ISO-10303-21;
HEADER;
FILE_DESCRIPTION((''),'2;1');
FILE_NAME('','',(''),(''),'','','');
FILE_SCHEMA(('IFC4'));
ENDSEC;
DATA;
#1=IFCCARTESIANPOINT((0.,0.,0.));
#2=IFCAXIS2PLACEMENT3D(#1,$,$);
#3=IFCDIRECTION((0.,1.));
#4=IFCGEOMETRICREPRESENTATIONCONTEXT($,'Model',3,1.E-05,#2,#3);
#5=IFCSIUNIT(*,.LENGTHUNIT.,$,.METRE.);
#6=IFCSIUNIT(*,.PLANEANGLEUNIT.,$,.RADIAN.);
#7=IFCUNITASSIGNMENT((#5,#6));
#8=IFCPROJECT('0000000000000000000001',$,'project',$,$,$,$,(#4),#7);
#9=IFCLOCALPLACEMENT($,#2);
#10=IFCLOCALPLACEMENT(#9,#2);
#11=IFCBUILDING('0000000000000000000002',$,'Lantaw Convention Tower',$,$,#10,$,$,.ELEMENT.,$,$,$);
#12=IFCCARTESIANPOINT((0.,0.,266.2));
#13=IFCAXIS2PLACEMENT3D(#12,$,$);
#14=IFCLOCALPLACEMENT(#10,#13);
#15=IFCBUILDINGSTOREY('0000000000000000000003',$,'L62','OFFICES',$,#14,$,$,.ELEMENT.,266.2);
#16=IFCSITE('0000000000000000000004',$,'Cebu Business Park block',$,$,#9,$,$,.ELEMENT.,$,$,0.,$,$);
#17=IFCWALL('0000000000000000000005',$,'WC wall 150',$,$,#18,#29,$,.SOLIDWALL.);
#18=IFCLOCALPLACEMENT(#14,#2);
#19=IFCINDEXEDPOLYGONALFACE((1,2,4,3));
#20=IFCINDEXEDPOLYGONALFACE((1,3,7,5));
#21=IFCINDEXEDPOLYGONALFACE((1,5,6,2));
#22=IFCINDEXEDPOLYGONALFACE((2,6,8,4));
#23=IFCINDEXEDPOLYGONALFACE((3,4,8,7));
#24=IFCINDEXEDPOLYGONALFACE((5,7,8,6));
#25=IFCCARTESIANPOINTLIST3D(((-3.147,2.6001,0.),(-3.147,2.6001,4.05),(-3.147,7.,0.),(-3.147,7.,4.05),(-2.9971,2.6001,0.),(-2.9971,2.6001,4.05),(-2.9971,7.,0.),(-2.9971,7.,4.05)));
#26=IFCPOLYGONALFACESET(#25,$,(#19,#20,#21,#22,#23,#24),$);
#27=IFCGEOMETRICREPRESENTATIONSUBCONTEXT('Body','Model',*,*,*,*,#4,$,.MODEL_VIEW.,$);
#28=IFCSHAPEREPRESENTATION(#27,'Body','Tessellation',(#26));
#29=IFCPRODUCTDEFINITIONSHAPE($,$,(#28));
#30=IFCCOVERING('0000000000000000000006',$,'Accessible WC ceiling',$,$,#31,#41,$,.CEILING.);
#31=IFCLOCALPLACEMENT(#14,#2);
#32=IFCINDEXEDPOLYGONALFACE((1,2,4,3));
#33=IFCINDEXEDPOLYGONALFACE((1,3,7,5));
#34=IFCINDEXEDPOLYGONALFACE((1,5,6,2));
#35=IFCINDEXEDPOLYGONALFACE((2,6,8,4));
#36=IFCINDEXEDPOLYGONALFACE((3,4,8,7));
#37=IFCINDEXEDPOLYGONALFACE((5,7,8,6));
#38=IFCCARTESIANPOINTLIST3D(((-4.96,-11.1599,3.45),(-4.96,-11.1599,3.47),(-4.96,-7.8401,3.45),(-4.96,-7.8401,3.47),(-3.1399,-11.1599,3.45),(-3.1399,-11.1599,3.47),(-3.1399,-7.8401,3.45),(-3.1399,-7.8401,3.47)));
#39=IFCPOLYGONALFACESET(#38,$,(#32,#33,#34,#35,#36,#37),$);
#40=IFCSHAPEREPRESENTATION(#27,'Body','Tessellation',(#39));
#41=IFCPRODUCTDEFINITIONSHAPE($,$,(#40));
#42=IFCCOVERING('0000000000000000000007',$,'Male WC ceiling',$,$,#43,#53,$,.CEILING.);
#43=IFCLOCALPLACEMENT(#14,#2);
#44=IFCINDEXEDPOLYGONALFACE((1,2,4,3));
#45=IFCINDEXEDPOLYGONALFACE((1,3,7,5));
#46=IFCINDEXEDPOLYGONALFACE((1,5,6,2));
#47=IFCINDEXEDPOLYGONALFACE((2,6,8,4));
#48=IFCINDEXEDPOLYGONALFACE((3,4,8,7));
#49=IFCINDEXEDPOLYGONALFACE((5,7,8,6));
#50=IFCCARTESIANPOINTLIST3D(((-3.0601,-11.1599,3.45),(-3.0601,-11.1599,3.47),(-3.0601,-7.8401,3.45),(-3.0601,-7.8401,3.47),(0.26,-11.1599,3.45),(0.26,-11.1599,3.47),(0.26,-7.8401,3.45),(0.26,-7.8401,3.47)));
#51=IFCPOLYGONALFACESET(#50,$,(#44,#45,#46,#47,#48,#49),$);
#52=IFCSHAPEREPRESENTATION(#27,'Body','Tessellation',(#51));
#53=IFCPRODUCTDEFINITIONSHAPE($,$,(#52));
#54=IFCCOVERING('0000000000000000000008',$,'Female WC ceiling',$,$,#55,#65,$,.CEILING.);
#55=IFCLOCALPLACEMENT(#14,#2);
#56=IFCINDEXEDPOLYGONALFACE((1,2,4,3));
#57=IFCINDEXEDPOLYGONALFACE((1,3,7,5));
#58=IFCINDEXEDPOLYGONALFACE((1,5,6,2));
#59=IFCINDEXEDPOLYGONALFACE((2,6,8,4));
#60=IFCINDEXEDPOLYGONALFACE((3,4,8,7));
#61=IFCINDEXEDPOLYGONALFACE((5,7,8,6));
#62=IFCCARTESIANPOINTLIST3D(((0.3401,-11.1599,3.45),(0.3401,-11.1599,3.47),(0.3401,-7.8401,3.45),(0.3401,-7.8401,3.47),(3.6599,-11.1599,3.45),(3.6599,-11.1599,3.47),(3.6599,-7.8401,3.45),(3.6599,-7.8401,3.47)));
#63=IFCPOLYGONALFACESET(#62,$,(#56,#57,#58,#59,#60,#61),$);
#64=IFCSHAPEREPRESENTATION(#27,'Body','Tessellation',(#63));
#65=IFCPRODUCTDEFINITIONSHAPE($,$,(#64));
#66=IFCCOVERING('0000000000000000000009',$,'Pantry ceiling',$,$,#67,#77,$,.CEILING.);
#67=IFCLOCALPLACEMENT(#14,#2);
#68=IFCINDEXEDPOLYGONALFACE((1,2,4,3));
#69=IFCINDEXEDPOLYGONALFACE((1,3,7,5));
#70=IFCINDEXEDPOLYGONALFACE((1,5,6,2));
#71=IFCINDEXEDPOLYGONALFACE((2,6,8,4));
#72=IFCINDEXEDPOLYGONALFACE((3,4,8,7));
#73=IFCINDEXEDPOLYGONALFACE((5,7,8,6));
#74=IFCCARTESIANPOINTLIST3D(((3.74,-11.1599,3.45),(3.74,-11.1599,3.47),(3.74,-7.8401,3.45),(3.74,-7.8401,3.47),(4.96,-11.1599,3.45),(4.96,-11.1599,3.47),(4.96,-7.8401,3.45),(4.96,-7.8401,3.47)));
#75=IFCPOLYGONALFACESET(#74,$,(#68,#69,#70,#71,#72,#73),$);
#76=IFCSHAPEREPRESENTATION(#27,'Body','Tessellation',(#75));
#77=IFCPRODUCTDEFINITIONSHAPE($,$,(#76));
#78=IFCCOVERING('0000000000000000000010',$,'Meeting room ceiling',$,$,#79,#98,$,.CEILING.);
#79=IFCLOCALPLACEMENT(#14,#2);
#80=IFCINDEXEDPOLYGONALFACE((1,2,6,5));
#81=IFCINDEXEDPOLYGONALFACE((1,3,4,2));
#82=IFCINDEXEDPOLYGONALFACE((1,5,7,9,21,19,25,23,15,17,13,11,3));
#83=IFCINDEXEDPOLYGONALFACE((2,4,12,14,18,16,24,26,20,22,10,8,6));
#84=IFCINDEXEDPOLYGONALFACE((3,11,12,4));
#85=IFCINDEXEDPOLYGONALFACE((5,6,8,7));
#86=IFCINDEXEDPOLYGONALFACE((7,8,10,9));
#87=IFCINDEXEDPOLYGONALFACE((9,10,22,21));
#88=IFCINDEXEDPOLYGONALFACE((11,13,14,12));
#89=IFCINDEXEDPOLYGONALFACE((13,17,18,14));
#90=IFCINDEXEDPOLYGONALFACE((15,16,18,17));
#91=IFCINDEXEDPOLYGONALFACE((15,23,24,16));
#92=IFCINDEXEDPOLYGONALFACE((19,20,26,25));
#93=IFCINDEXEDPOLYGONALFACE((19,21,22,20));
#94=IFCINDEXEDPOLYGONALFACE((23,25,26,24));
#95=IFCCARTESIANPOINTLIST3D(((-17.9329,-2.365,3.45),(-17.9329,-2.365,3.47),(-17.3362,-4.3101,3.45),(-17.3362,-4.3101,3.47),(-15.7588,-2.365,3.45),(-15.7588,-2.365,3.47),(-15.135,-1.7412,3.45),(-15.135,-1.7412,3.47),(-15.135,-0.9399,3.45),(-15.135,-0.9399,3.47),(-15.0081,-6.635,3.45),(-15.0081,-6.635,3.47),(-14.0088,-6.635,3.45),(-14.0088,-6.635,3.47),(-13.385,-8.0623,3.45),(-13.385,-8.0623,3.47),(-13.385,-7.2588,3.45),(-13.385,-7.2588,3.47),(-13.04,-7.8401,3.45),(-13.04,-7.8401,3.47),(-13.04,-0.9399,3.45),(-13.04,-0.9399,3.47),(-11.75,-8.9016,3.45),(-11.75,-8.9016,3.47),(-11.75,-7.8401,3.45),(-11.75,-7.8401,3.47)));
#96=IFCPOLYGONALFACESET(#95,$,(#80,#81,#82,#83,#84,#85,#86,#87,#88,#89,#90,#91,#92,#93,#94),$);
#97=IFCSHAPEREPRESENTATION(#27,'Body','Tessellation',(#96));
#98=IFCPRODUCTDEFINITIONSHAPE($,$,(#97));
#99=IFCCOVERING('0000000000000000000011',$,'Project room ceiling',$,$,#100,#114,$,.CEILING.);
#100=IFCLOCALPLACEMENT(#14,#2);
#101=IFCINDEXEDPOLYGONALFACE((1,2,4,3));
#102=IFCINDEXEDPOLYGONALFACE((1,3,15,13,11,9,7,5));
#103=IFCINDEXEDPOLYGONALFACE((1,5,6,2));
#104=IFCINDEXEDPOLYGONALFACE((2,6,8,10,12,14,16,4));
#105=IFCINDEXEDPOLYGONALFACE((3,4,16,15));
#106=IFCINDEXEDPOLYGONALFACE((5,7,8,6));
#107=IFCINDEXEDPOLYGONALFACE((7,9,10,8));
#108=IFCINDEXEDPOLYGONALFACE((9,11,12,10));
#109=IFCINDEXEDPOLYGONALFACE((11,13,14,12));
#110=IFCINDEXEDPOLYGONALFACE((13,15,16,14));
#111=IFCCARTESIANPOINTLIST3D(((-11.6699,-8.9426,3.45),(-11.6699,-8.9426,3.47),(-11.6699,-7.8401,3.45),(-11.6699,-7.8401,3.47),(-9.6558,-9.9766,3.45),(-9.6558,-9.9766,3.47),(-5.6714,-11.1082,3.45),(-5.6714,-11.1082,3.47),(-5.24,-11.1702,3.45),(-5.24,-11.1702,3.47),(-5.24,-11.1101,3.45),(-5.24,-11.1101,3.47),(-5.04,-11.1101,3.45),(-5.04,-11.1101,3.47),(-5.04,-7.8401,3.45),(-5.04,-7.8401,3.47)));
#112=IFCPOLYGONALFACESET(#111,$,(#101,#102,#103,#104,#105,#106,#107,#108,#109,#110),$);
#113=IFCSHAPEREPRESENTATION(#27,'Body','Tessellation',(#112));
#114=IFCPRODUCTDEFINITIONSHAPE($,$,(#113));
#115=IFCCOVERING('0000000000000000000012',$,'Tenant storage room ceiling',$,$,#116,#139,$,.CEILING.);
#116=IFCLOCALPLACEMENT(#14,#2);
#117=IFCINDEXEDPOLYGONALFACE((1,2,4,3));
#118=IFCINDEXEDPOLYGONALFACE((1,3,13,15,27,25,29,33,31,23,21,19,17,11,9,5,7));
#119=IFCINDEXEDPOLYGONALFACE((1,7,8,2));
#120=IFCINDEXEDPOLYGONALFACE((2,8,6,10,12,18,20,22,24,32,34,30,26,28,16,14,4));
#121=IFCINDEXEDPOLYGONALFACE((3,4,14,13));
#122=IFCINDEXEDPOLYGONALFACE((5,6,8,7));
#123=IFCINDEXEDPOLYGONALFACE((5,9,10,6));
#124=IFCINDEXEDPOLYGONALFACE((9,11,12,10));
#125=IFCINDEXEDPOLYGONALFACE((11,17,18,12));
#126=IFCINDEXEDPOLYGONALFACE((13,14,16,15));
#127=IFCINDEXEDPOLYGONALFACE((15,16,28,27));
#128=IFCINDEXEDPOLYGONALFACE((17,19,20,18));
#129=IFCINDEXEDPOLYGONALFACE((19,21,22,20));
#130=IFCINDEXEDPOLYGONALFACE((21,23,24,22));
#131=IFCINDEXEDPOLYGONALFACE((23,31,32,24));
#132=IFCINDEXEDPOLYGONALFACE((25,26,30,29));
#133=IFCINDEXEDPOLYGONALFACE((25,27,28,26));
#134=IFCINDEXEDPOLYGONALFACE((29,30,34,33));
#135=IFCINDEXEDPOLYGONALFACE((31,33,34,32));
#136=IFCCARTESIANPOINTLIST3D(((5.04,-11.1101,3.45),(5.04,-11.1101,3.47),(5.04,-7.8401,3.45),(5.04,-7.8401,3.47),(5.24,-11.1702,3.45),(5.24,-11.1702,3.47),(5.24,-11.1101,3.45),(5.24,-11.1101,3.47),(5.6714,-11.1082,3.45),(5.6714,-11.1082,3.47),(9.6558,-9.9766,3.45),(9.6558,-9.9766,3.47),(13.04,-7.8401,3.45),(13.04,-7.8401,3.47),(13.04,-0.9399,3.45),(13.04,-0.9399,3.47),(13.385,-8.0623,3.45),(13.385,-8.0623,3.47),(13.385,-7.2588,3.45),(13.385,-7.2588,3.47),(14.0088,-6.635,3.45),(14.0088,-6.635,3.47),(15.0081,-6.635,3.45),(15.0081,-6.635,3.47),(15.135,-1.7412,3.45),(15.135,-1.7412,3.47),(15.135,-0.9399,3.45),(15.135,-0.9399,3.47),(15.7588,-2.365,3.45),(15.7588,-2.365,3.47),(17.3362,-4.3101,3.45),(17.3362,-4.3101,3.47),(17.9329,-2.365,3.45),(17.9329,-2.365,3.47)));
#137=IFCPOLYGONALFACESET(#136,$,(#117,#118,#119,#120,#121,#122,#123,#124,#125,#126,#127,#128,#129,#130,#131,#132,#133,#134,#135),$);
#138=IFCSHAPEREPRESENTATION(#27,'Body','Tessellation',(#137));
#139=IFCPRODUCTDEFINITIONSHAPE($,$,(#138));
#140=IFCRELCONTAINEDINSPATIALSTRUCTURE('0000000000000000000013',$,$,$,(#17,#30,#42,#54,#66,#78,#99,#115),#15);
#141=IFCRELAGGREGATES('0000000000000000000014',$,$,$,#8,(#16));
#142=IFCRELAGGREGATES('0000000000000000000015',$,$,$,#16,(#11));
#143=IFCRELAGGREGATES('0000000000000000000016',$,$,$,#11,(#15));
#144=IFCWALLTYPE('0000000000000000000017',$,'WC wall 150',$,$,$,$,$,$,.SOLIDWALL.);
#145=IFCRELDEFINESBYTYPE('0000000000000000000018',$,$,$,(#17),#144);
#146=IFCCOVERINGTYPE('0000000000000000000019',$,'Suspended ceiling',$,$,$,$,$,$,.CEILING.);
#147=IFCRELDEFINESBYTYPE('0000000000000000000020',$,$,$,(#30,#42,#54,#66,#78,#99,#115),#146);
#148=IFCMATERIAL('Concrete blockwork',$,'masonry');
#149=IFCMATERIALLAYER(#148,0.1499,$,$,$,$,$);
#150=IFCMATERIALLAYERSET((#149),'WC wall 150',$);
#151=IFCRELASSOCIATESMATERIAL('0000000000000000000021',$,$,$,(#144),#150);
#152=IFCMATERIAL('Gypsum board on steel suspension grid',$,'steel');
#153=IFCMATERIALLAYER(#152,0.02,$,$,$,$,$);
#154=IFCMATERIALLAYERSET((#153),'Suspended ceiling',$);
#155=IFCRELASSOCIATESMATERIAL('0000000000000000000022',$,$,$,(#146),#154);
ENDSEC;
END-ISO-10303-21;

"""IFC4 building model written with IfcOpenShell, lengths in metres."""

from ifc_helpers import new_model, si_unit, direction, frame, frame_2d, origin, place, context, subcontext, project, spatial, polyline, rectangle, outline, extrude, material, layer, layer_set, type_object, element, save


model = new_model("IFC4")

# Units and contexts
model_context = context("Model", 3, precision=1e-05, world=origin(), true_north=direction((0.0, 1.0)))
body_context = subcontext(model_context, "Body", "Model", "MODEL_VIEW")
ifc_project = project(units=[si_unit("LENGTHUNIT", "METRE"), si_unit("PLANEANGLEUNIT", "RADIAN")], contexts=[model_context])

# Site, building, storey
site_placement = place(None, origin())
site = spatial("IfcSite", under=ifc_project, at=site_placement, Name="Cebu Business Park block", CompositionType="ELEMENT", RefElevation=0.0)
building_placement = place(site_placement, origin())
building = spatial("IfcBuilding", under=site, at=building_placement, Name="Lantaw Convention Tower", CompositionType="ELEMENT")
storey_placement = place(building_placement, frame((0.0, 0.0, 266.2)))
storey = spatial("IfcBuildingStorey", under=building, at=storey_placement, Name="L62", Description="OFFICES", CompositionType="ELEMENT", Elevation=266.2)

# Shared definitions
ifc_material_1 = material(Name="Concrete blockwork", Category="masonry")
ifc_layer_1 = layer(ifc_material_1, 0.1499)
ifc_layer_set_1 = layer_set([ifc_layer_1], Name="WC wall 150")
wall_type_1 = type_object("IfcWallType", Name="WC wall 150", PredefinedType="SOLIDWALL", material=ifc_layer_set_1)

# Wall
for number, where, z_axis, x_axis, name in (
    (1, (-3.072, 2.6001, 0.0), (0.0, 0.0, 1.0), (0.0, 1.0, 0.0), "WC wall 150"),
):
    element("IfcWall", number, at=place(storey_placement, frame(where, z_axis=z_axis, x_axis=x_axis)), inside=storey, type_object=wall_type_1, Name=name, PredefinedType="SOLIDWALL", context=body_context, shape_type="SweptSolid", body=[
        extrude(rectangle(XDim=4.3999, YDim=0.1499, at=frame_2d((2.2, 0.0))), origin(), (0.0, 0.0, 1.0), 4.05),
    ])

# Coverings
ifc_material_2 = material(Name="Gypsum board on steel suspension grid", Category="steel")
ifc_layer_2 = layer(ifc_material_2, 0.02)
ifc_layer_set_2 = layer_set([ifc_layer_2], Name="Suspended ceiling")
covering_type = type_object("IfcCoveringType", Name="Suspended ceiling", PredefinedType="CEILING", material=ifc_layer_set_2)
covering_1_placement = place(storey_placement, frame((0.0, 0.0, 3.45)))
element("IfcCovering", 2, at=covering_1_placement, inside=storey, type_object=covering_type, Name="Accessible WC ceiling", PredefinedType="CEILING", context=body_context, shape_type="SweptSolid", body=[
    extrude(outline(polyline([(-4.96, -11.1599), (-3.1399, -11.1599), (-3.1399, -7.8401), (-4.96, -7.8401), (-4.96, -11.1599)])), origin(), (0.0, 0.0, 1.0), 0.02),
])
covering_2_placement = place(storey_placement, frame((0.0, 0.0, 3.45)))
element("IfcCovering", 3, at=covering_2_placement, inside=storey, type_object=covering_type, Name="Male WC ceiling", PredefinedType="CEILING", context=body_context, shape_type="SweptSolid", body=[
    extrude(outline(polyline([(-3.0601, -11.1599), (0.26, -11.1599), (0.26, -7.8401), (-3.0601, -7.8401), (-3.0601, -11.1599)])), origin(), (0.0, 0.0, 1.0), 0.02),
])
covering_3_placement = place(storey_placement, frame((0.0, 0.0, 3.45)))
element("IfcCovering", 4, at=covering_3_placement, inside=storey, type_object=covering_type, Name="Female WC ceiling", PredefinedType="CEILING", context=body_context, shape_type="SweptSolid", body=[
    extrude(outline(polyline([(0.3401, -11.1599), (3.6599, -11.1599), (3.6599, -7.8401), (0.3401, -7.8401), (0.3401, -11.1599)])), origin(), (0.0, 0.0, 1.0), 0.02),
])
covering_4_placement = place(storey_placement, frame((0.0, 0.0, 3.45)))
element("IfcCovering", 5, at=covering_4_placement, inside=storey, type_object=covering_type, Name="Pantry ceiling", PredefinedType="CEILING", context=body_context, shape_type="SweptSolid", body=[
    extrude(outline(polyline([(3.74, -11.1599), (4.96, -11.1599), (4.96, -7.8401), (3.74, -7.8401), (3.74, -11.1599)])), origin(), (0.0, 0.0, 1.0), 0.02),
])
covering_5_placement = place(storey_placement, frame((0.0, 0.0, 3.45)))
element("IfcCovering", 6, at=covering_5_placement, inside=storey, type_object=covering_type, Name="Meeting room ceiling", PredefinedType="CEILING", context=body_context, shape_type="SweptSolid", body=[
    extrude(outline(polyline([(-13.385, -8.0623), (-11.75, -8.9016), (-11.75, -7.8401), (-13.04, -7.8401), (-13.04, -0.9399), (-15.135, -0.9399), (-15.135, -1.7412), (-15.7588, -2.365), (-17.9329, -2.365), (-17.3362, -4.3101), (-15.0081, -6.635), (-14.0088, -6.635), (-13.385, -7.2588), (-13.385, -8.0623)])), origin(), (0.0, 0.0, 1.0), 0.02),
])
covering_6_placement = place(storey_placement, frame((0.0, 0.0, 3.45)))
element("IfcCovering", 7, at=covering_6_placement, inside=storey, type_object=covering_type, Name="Project room ceiling", PredefinedType="CEILING", context=body_context, shape_type="SweptSolid", body=[
    extrude(outline(polyline([(-5.04, -7.8401), (-11.6699, -7.8401), (-11.6699, -8.9426), (-9.6558, -9.9766), (-5.6714, -11.1082), (-5.24, -11.1702), (-5.24, -11.1101), (-5.04, -11.1101), (-5.04, -7.8401)])), origin(), (0.0, 0.0, 1.0), 0.02),
])
covering_7_placement = place(storey_placement, frame((0.0, 0.0, 3.45)))
element("IfcCovering", 8, at=covering_7_placement, inside=storey, type_object=covering_type, Name="Tenant storage room ceiling", PredefinedType="CEILING", context=body_context, shape_type="SweptSolid", body=[
    extrude(outline(polyline([(13.04, -0.9399), (13.04, -7.8401), (5.04, -7.8401), (5.04, -11.1101), (5.24, -11.1101), (5.24, -11.1702), (5.6714, -11.1082), (9.6558, -9.9766), (13.385, -8.0623), (13.385, -7.2588), (14.0088, -6.635), (15.0081, -6.635), (17.3362, -4.3101), (17.9329, -2.365), (15.7588, -2.365), (15.135, -1.7412), (15.135, -0.9399), (13.04, -0.9399)])), origin(), (0.0, 0.0, 1.0), 0.02),
])

save(model, "model.ifc")
